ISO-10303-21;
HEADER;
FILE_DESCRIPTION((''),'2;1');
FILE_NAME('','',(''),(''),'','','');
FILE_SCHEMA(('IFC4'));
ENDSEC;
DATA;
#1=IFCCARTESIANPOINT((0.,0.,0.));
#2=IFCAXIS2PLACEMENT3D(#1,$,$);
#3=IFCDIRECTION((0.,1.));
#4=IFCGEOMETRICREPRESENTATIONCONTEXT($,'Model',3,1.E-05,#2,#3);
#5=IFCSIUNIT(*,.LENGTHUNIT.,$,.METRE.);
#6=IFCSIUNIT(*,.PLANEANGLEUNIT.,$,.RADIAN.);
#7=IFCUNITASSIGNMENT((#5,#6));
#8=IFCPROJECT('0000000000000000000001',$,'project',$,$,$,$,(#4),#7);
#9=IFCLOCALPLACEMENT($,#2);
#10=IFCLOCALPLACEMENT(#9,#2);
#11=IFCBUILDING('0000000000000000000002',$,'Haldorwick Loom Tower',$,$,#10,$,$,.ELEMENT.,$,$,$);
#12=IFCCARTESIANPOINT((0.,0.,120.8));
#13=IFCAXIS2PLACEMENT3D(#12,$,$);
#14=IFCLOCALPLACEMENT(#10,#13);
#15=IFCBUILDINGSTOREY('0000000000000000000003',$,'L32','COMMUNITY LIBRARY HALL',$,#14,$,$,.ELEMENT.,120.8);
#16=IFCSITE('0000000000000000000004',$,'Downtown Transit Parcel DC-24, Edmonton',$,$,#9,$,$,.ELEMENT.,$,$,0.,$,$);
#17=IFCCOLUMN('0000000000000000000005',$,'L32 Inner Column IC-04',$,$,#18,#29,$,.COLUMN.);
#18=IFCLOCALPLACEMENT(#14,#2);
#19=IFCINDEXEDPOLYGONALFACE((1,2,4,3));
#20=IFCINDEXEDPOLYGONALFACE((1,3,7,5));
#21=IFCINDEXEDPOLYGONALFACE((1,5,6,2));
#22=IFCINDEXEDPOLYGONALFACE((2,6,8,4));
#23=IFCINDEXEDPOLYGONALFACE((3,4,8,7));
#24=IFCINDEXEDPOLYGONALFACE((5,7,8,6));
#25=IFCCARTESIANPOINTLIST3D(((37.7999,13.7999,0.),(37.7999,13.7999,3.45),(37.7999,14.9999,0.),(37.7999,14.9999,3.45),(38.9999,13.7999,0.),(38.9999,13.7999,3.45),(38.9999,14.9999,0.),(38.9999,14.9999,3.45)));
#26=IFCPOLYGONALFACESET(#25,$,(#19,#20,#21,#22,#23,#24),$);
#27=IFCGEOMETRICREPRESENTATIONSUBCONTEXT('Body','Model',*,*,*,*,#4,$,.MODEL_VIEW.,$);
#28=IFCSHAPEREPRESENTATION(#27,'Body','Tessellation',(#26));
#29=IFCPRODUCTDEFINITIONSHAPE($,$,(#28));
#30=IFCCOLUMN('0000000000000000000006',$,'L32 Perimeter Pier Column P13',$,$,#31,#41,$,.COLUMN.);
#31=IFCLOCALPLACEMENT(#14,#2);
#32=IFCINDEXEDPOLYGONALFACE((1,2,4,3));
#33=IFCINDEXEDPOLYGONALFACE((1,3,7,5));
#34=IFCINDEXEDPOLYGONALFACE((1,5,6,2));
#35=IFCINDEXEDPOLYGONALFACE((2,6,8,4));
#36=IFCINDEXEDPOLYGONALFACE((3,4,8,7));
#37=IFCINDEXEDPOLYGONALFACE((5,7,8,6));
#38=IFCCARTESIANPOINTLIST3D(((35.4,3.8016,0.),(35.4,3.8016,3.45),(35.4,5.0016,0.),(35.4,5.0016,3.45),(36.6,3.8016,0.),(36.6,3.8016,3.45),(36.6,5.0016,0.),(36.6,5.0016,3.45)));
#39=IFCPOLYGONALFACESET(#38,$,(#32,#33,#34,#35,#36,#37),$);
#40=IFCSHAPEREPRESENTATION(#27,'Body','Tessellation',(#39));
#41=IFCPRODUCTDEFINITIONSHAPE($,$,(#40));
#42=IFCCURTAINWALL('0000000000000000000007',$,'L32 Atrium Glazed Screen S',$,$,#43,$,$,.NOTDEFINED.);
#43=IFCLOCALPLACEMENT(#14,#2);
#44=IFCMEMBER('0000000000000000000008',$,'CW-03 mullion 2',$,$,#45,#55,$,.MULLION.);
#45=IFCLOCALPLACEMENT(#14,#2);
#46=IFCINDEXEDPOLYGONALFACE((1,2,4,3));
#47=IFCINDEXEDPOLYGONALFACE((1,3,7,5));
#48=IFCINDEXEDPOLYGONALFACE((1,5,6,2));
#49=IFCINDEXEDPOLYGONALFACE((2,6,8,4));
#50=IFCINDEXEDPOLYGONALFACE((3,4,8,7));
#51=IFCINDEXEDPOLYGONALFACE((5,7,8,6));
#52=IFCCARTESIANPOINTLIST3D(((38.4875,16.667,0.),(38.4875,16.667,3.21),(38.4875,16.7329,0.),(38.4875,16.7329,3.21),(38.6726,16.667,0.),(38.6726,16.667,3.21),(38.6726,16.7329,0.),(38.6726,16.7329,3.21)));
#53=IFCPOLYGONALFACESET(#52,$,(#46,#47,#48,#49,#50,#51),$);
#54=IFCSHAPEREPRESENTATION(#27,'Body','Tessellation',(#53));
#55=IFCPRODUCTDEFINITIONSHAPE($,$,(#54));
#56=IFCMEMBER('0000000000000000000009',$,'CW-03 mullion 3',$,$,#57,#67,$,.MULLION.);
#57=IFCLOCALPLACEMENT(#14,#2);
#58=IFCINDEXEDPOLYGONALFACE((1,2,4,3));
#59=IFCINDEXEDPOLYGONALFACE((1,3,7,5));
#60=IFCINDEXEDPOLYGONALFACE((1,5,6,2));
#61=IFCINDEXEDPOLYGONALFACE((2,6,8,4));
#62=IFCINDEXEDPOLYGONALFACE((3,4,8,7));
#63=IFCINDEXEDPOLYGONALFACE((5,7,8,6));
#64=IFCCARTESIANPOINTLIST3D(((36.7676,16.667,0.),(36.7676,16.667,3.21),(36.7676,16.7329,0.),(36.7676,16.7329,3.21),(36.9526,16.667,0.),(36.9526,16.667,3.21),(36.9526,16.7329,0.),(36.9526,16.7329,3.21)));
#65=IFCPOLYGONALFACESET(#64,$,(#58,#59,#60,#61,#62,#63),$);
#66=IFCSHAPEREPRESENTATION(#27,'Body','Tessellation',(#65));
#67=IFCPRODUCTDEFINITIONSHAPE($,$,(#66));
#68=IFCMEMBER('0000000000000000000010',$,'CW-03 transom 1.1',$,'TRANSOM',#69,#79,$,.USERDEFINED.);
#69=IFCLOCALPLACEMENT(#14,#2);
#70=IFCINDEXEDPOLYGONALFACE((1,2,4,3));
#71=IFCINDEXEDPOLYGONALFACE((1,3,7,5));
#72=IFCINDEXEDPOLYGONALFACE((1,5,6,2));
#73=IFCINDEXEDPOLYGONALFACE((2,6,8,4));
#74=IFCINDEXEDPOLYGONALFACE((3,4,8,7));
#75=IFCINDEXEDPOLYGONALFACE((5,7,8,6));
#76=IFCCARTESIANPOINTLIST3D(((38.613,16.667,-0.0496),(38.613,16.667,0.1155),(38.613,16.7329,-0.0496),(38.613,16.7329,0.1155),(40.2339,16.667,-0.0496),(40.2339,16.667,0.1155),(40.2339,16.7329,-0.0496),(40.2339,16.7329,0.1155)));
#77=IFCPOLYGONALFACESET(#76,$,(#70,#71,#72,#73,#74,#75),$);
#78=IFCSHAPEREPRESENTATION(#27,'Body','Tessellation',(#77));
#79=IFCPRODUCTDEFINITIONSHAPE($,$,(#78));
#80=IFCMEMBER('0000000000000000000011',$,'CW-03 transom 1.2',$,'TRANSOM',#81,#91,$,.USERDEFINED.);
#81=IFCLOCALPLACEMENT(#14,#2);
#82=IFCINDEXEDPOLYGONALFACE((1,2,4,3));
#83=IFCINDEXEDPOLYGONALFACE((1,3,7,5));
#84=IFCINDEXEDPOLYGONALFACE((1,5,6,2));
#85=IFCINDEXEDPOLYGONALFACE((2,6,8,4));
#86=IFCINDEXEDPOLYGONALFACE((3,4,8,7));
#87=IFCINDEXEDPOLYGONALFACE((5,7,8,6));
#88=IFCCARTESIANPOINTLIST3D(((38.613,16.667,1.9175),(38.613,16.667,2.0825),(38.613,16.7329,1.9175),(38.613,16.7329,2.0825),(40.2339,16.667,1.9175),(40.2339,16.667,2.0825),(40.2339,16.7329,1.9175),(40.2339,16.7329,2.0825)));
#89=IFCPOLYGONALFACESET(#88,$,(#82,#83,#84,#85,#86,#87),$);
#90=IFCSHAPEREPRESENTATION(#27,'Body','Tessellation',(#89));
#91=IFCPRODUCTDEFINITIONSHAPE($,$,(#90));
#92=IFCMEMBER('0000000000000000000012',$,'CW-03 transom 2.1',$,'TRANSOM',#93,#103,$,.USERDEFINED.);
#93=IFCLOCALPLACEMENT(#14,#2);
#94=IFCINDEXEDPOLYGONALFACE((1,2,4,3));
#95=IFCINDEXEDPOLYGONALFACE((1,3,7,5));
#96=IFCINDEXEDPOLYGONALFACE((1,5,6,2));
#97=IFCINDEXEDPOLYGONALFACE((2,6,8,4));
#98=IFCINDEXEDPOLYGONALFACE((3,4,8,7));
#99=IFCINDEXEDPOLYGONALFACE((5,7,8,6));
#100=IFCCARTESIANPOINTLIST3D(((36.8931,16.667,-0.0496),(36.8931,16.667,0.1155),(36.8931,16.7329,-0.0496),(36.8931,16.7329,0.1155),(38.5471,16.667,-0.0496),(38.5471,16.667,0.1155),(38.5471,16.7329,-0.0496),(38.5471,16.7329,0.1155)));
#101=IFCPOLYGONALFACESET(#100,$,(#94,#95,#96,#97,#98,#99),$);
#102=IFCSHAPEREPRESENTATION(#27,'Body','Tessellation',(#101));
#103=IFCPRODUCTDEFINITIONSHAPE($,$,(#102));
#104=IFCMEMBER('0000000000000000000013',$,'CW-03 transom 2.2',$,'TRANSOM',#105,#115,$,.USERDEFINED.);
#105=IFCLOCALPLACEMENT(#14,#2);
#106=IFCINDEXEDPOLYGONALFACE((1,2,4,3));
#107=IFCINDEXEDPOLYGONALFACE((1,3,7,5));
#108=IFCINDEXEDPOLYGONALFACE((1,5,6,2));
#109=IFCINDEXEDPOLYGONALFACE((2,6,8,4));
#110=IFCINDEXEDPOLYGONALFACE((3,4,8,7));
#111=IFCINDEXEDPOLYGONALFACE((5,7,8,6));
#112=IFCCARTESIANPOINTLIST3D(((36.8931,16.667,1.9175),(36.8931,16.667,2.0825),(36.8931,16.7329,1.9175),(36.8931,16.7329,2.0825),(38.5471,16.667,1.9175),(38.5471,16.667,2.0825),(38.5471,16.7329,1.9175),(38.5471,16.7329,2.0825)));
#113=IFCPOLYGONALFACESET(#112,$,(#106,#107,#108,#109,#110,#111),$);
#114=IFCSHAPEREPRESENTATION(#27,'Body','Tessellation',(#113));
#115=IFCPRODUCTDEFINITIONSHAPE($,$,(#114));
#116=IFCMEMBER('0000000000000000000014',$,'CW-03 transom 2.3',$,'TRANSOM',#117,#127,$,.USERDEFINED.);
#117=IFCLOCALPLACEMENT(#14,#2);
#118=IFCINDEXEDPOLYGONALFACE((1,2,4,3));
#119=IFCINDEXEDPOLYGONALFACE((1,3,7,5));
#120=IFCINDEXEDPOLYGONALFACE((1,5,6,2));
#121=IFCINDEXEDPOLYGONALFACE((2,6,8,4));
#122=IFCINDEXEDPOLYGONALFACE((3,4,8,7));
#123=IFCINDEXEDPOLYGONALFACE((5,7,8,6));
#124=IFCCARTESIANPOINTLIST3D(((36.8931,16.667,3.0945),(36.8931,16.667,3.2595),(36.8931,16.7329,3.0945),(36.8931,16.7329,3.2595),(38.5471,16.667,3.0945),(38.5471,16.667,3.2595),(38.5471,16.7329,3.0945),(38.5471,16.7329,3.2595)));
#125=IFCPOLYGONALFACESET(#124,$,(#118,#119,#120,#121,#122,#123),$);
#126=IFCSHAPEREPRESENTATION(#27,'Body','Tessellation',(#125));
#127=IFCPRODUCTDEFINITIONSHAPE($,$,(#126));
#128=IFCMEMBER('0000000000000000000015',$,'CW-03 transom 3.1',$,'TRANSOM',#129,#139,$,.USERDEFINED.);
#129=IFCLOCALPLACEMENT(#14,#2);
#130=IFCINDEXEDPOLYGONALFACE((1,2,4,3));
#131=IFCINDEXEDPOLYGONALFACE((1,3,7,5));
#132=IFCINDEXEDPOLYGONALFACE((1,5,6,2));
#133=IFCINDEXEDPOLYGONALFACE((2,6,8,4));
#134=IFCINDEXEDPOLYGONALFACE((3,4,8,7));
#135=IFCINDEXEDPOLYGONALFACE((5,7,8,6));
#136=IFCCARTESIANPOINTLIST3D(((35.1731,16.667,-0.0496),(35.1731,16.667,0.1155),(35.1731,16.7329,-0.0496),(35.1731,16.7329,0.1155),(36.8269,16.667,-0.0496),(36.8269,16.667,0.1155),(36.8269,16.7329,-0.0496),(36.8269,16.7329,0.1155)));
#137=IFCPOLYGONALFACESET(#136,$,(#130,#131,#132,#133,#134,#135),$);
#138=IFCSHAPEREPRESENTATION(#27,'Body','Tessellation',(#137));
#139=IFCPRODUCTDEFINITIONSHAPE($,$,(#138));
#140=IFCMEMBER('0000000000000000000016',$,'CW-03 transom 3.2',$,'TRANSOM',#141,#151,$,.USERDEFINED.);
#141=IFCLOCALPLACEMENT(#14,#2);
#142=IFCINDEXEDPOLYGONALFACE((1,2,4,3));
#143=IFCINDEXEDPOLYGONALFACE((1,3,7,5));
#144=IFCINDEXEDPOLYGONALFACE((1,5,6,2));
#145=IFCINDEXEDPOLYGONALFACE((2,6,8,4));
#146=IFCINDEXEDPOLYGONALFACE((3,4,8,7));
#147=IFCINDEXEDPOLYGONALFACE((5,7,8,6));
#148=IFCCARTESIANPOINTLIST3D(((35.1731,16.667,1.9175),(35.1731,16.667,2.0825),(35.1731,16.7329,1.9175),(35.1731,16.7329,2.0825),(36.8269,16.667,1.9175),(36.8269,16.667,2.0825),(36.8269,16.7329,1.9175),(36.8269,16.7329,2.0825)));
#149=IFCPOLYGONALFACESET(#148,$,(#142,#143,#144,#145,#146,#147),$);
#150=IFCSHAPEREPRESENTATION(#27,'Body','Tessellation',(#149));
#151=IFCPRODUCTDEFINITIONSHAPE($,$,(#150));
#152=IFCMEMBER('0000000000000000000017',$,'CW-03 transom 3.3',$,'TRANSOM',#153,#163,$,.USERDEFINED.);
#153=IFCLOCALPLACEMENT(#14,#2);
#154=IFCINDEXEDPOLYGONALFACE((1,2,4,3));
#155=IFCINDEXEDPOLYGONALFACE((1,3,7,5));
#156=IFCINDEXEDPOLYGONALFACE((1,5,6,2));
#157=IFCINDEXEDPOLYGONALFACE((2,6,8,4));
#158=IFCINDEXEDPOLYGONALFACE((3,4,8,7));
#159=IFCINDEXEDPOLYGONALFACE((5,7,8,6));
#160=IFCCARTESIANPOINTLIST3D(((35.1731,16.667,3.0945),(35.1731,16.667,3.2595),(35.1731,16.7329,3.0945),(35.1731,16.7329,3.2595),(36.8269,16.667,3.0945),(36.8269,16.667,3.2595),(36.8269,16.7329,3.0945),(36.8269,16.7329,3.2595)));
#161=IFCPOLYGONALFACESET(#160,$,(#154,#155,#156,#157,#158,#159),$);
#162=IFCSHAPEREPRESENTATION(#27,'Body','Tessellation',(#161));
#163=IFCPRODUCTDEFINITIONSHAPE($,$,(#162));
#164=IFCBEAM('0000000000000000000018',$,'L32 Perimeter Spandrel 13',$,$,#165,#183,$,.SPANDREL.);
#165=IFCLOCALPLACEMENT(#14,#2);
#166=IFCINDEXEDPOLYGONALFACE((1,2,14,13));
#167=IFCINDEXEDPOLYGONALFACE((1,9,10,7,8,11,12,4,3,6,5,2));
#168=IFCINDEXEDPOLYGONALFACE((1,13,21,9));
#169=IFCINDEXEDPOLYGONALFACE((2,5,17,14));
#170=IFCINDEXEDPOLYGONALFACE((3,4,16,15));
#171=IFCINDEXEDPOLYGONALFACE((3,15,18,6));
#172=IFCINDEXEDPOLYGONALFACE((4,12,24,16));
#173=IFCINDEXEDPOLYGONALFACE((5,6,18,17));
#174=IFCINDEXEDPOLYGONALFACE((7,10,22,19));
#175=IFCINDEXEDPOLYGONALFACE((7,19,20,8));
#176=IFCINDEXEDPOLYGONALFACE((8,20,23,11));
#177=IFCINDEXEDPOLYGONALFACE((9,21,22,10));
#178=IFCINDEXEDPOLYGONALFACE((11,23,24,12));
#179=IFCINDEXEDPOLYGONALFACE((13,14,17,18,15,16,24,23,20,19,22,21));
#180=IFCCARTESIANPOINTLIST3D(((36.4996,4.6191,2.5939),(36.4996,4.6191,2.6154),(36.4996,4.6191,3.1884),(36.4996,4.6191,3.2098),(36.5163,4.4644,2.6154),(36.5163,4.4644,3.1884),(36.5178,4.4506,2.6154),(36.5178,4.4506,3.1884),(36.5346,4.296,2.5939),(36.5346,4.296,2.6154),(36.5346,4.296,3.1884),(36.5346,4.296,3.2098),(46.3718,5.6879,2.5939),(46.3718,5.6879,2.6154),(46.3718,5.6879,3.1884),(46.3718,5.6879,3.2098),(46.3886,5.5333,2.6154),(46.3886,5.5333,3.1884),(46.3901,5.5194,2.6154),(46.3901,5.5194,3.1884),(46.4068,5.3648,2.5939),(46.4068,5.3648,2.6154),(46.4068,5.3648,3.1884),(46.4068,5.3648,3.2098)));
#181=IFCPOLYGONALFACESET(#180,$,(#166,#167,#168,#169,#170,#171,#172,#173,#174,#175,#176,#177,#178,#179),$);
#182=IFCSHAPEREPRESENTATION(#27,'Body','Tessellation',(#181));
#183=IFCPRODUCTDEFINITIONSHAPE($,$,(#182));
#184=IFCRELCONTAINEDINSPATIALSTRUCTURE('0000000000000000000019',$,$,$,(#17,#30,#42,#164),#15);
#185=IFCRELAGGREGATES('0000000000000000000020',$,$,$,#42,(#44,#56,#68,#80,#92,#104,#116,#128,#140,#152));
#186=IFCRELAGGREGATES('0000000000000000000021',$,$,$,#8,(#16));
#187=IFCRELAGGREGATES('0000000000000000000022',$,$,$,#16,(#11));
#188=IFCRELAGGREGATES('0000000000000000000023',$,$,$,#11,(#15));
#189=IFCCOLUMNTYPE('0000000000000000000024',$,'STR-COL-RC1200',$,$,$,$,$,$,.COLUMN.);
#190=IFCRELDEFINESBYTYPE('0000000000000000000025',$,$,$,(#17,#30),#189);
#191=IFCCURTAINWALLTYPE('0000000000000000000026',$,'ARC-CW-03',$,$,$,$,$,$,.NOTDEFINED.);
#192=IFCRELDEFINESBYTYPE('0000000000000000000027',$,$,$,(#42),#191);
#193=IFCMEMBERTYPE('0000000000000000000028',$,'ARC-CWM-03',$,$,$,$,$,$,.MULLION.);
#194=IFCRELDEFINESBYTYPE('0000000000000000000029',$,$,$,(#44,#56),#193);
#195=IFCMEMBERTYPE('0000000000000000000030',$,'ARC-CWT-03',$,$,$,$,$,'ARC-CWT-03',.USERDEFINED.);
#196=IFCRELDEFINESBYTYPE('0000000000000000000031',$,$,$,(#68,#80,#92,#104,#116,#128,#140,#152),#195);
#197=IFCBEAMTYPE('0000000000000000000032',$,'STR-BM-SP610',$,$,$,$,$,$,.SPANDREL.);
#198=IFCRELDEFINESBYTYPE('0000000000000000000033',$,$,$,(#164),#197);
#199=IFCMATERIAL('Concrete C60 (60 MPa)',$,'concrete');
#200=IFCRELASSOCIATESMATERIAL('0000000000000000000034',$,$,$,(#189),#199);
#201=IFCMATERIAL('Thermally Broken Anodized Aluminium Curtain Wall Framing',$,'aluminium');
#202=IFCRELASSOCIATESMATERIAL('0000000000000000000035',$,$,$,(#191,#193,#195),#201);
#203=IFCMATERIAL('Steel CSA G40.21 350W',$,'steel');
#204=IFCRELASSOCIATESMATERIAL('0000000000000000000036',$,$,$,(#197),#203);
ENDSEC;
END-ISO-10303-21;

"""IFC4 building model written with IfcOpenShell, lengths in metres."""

from ifc_helpers import new_model, si_unit, direction, frame, origin, origin_2d, place, context, subcontext, project, spatial, rectangle, i_section, extrude, material, material_profile, profile_set, type_object, element, aggregate, save


model = new_model("IFC4")

# Units and contexts
model_context = context("Model", 3, precision=1e-05, world=origin(), true_north=direction((0.0, 1.0)))
body_context = subcontext(model_context, "Body", "Model", "MODEL_VIEW")
ifc_project = project(units=[si_unit("LENGTHUNIT", "METRE"), si_unit("PLANEANGLEUNIT", "RADIAN")], contexts=[model_context])

# Site, building, storey
site_placement = place(None, origin())
site = spatial("IfcSite", under=ifc_project, at=site_placement, Name="Downtown Transit Parcel DC-24, Edmonton", CompositionType="ELEMENT", RefElevation=0.0)
building_placement = place(site_placement, origin())
building = spatial("IfcBuilding", under=site, at=building_placement, Name="Haldorwick Loom Tower", CompositionType="ELEMENT")
storey_placement = place(building_placement, frame((0.0, 0.0, 120.8)))
storey = spatial("IfcBuildingStorey", under=building, at=storey_placement, Name="L32", Description="COMMUNITY LIBRARY HALL", CompositionType="ELEMENT", Elevation=120.8)

# Columns
ifc_material_1 = material(Name="Concrete C60 (60 MPa)", Category="concrete")
ifc_material_profile_1 = material_profile(ifc_material_1, rectangle(XDim=1.2, YDim=1.2, at=origin_2d()), Name="RC1200X1200", Category="concrete")
ifc_profile_set_1 = profile_set([ifc_material_profile_1], Name="Concrete C60 (60 MPa)")
column_type = type_object("IfcColumnType", Name="STR-COL-RC1200", PredefinedType="COLUMN", material=ifc_profile_set_1)
for number, where, z_axis, x_axis, name in (
    (1, (38.3999, 14.3999, 0.0), (0.0, 0.0, 1.0), (1.0, 0.0, 0.0), "L32 Inner Column IC-04"),
    (2, (36.0, 4.4016, 0.0), (0.0, 0.0, 1.0), (0.0, -1.0, 0.0), "L32 Perimeter Pier Column P13"),
):
    element("IfcColumn", number, at=place(storey_placement, frame(where, z_axis=z_axis, x_axis=x_axis)), inside=storey, type_object=column_type, Name=name, PredefinedType="COLUMN", context=body_context, shape_type="SweptSolid", body=[
        extrude(rectangle(XDim=1.2, YDim=1.2, at=origin_2d()), origin(), (0.0, 0.0, 1.0), 3.45),
    ])

# Curtain wall, members
ifc_material_2 = material(Name="Thermally Broken Anodized Aluminium Curtain Wall Framing", Category="aluminium")
curtain_wall_type = type_object("IfcCurtainWallType", Name="ARC-CW-03", PredefinedType="NOTDEFINED", material=ifc_material_2)
curtain_wall_placement = place(storey_placement, origin())
curtain_wall = element("IfcCurtainWall", 3, at=curtain_wall_placement, inside=storey, type_object=curtain_wall_type, Name="L32 Atrium Glazed Screen S", PredefinedType="NOTDEFINED")
ifc_material_profile_2 = material_profile(ifc_material_2, rectangle(XDim=0.0659, YDim=0.1851, at=origin_2d()), Name="ALU_MUL_66X185", Category="aluminium")
ifc_profile_set_2 = profile_set([ifc_material_profile_2], Name="Thermally Broken Anodized Aluminium Curtain Wall Framing")
member_type_1 = type_object("IfcMemberType", Name="ARC-CWM-03", PredefinedType="MULLION", material=ifc_profile_set_2)
member_1_placement = place(storey_placement, frame((38.5801, 16.7, 0.0), z_axis=(0.0, 0.0, 1.0), x_axis=(0.0, -1.0, 0.0)))
member_1 = element("IfcMember", 4, at=member_1_placement, type_object=member_type_1, Name="CW-03 mullion 2", PredefinedType="MULLION", context=body_context, shape_type="SweptSolid", body=[
    extrude(rectangle(XDim=0.0659, YDim=0.1851, at=origin_2d()), origin(), (0.0, 0.0, 1.0), 3.21),
])
member_2_placement = place(storey_placement, frame((36.8601, 16.7, 0.0), z_axis=(0.0, 0.0, 1.0), x_axis=(0.0, -1.0, 0.0)))
member_2 = element("IfcMember", 5, at=member_2_placement, type_object=member_type_1, Name="CW-03 mullion 3", PredefinedType="MULLION", context=body_context, shape_type="SweptSolid", body=[
    extrude(rectangle(XDim=0.0659, YDim=0.1851, at=origin_2d()), origin(), (0.0, 0.0, 1.0), 3.21),
])
ifc_material_profile_3 = material_profile(ifc_material_2, rectangle(XDim=0.0659, YDim=0.165, at=origin_2d()), Name="ALU_TRN_66X165", Category="aluminium")
ifc_profile_set_3 = profile_set([ifc_material_profile_3], Name="Thermally Broken Anodized Aluminium Curtain Wall Framing")
member_type_2 = type_object("IfcMemberType", Name="ARC-CWT-03", ElementType="ARC-CWT-03", PredefinedType="USERDEFINED", material=ifc_profile_set_3)
member_3_placement = place(storey_placement, frame((40.2339, 16.7, 0.033), z_axis=(-1.0, 0.0, 0.0), x_axis=(0.0, -1.0, 0.0)))
member_3 = element("IfcMember", 6, at=member_3_placement, type_object=member_type_2, Name="CW-03 transom 1.1", ObjectType="TRANSOM", PredefinedType="USERDEFINED", context=body_context, shape_type="SweptSolid", body=[
    extrude(rectangle(XDim=0.0659, YDim=0.165, at=origin_2d()), origin(), (0.0, 0.0, 1.0), 1.6208),
])
member_4_placement = place(storey_placement, frame((40.2339, 16.7, 2.0), z_axis=(-1.0, 0.0, 0.0), x_axis=(0.0, -1.0, 0.0)))
member_4 = element("IfcMember", 7, at=member_4_placement, type_object=member_type_2, Name="CW-03 transom 1.2", ObjectType="TRANSOM", PredefinedType="USERDEFINED", context=body_context, shape_type="SweptSolid", body=[
    extrude(rectangle(XDim=0.0659, YDim=0.165, at=origin_2d()), origin(), (0.0, 0.0, 1.0), 1.6208),
])
member_5_placement = place(storey_placement, frame((38.5471, 16.7, 0.033), z_axis=(-1.0, 0.0, 0.0), x_axis=(0.0, -1.0, 0.0)))
member_5 = element("IfcMember", 8, at=member_5_placement, type_object=member_type_2, Name="CW-03 transom 2.1", ObjectType="TRANSOM", PredefinedType="USERDEFINED", context=body_context, shape_type="SweptSolid", body=[
    extrude(rectangle(XDim=0.0659, YDim=0.165, at=origin_2d()), origin(), (0.0, 0.0, 1.0), 1.6541),
])
member_6_placement = place(storey_placement, frame((38.5471, 16.7, 2.0), z_axis=(-1.0, 0.0, 0.0), x_axis=(0.0, -1.0, 0.0)))
member_6 = element("IfcMember", 9, at=member_6_placement, type_object=member_type_2, Name="CW-03 transom 2.2", ObjectType="TRANSOM", PredefinedType="USERDEFINED", context=body_context, shape_type="SweptSolid", body=[
    extrude(rectangle(XDim=0.0659, YDim=0.165, at=origin_2d()), origin(), (0.0, 0.0, 1.0), 1.6541),
])
member_7_placement = place(storey_placement, frame((38.5471, 16.7, 3.177), z_axis=(-1.0, 0.0, 0.0), x_axis=(0.0, -1.0, 0.0)))
member_7 = element("IfcMember", 10, at=member_7_placement, type_object=member_type_2, Name="CW-03 transom 2.3", ObjectType="TRANSOM", PredefinedType="USERDEFINED", context=body_context, shape_type="SweptSolid", body=[
    extrude(rectangle(XDim=0.0659, YDim=0.165, at=origin_2d()), origin(), (0.0, 0.0, 1.0), 1.6541),
])
member_8_placement = place(storey_placement, frame((36.8269, 16.7, 0.033), z_axis=(-1.0, 0.0, 0.0), x_axis=(0.0, -1.0, 0.0)))
member_8 = element("IfcMember", 11, at=member_8_placement, type_object=member_type_2, Name="CW-03 transom 3.1", ObjectType="TRANSOM", PredefinedType="USERDEFINED", context=body_context, shape_type="SweptSolid", body=[
    extrude(rectangle(XDim=0.0659, YDim=0.165, at=origin_2d()), origin(), (0.0, 0.0, 1.0), 1.6538),
])
member_9_placement = place(storey_placement, frame((36.8269, 16.7, 2.0), z_axis=(-1.0, 0.0, 0.0), x_axis=(0.0, -1.0, 0.0)))
member_9 = element("IfcMember", 12, at=member_9_placement, type_object=member_type_2, Name="CW-03 transom 3.2", ObjectType="TRANSOM", PredefinedType="USERDEFINED", context=body_context, shape_type="SweptSolid", body=[
    extrude(rectangle(XDim=0.0659, YDim=0.165, at=origin_2d()), origin(), (0.0, 0.0, 1.0), 1.6538),
])
member_10_placement = place(storey_placement, frame((36.8269, 16.7, 3.177), z_axis=(-1.0, 0.0, 0.0), x_axis=(0.0, -1.0, 0.0)))
member_10 = element("IfcMember", 13, at=member_10_placement, type_object=member_type_2, Name="CW-03 transom 3.3", ObjectType="TRANSOM", PredefinedType="USERDEFINED", context=body_context, shape_type="SweptSolid", body=[
    extrude(rectangle(XDim=0.0659, YDim=0.165, at=origin_2d()), origin(), (0.0, 0.0, 1.0), 1.6538),
])

# Beam
ifc_material_3 = material(Name="Steel CSA G40.21 350W", Category="steel")
ifc_material_profile_4 = material_profile(ifc_material_3, i_section(OverallWidth=0.325, OverallDepth=0.616, WebThickness=0.0139, FlangeThickness=0.0215, at=origin_2d()), Name="W610X174", Category="steel")
ifc_profile_set_4 = profile_set([ifc_material_profile_4], Name="Steel CSA G40.21 350W")
beam_type_1 = type_object("IfcBeamType", Name="STR-BM-SP610", PredefinedType="SPANDREL", material=ifc_profile_set_4)
beam_1_placement = place(storey_placement, frame((36.5171, 4.4575, 2.9019), z_axis=(0.99419, 0.107638, 0.0), x_axis=(-0.107638, 0.99419, 0.0)))
element("IfcBeam", 14, at=beam_1_placement, inside=storey, type_object=beam_type_1, Name="L32 Perimeter Spandrel 13", PredefinedType="SPANDREL", context=body_context, shape_type="SweptSolid", body=[
    extrude(i_section(OverallWidth=0.325, OverallDepth=0.616, WebThickness=0.0139, FlangeThickness=0.0215, at=origin_2d()), origin(), (0.0, 0.0, 1.0), 9.9299),
])

aggregate(curtain_wall, [member_1, member_2, member_3, member_4, member_5, member_6, member_7, member_8, member_9, member_10])

save(model, "model.ifc")
